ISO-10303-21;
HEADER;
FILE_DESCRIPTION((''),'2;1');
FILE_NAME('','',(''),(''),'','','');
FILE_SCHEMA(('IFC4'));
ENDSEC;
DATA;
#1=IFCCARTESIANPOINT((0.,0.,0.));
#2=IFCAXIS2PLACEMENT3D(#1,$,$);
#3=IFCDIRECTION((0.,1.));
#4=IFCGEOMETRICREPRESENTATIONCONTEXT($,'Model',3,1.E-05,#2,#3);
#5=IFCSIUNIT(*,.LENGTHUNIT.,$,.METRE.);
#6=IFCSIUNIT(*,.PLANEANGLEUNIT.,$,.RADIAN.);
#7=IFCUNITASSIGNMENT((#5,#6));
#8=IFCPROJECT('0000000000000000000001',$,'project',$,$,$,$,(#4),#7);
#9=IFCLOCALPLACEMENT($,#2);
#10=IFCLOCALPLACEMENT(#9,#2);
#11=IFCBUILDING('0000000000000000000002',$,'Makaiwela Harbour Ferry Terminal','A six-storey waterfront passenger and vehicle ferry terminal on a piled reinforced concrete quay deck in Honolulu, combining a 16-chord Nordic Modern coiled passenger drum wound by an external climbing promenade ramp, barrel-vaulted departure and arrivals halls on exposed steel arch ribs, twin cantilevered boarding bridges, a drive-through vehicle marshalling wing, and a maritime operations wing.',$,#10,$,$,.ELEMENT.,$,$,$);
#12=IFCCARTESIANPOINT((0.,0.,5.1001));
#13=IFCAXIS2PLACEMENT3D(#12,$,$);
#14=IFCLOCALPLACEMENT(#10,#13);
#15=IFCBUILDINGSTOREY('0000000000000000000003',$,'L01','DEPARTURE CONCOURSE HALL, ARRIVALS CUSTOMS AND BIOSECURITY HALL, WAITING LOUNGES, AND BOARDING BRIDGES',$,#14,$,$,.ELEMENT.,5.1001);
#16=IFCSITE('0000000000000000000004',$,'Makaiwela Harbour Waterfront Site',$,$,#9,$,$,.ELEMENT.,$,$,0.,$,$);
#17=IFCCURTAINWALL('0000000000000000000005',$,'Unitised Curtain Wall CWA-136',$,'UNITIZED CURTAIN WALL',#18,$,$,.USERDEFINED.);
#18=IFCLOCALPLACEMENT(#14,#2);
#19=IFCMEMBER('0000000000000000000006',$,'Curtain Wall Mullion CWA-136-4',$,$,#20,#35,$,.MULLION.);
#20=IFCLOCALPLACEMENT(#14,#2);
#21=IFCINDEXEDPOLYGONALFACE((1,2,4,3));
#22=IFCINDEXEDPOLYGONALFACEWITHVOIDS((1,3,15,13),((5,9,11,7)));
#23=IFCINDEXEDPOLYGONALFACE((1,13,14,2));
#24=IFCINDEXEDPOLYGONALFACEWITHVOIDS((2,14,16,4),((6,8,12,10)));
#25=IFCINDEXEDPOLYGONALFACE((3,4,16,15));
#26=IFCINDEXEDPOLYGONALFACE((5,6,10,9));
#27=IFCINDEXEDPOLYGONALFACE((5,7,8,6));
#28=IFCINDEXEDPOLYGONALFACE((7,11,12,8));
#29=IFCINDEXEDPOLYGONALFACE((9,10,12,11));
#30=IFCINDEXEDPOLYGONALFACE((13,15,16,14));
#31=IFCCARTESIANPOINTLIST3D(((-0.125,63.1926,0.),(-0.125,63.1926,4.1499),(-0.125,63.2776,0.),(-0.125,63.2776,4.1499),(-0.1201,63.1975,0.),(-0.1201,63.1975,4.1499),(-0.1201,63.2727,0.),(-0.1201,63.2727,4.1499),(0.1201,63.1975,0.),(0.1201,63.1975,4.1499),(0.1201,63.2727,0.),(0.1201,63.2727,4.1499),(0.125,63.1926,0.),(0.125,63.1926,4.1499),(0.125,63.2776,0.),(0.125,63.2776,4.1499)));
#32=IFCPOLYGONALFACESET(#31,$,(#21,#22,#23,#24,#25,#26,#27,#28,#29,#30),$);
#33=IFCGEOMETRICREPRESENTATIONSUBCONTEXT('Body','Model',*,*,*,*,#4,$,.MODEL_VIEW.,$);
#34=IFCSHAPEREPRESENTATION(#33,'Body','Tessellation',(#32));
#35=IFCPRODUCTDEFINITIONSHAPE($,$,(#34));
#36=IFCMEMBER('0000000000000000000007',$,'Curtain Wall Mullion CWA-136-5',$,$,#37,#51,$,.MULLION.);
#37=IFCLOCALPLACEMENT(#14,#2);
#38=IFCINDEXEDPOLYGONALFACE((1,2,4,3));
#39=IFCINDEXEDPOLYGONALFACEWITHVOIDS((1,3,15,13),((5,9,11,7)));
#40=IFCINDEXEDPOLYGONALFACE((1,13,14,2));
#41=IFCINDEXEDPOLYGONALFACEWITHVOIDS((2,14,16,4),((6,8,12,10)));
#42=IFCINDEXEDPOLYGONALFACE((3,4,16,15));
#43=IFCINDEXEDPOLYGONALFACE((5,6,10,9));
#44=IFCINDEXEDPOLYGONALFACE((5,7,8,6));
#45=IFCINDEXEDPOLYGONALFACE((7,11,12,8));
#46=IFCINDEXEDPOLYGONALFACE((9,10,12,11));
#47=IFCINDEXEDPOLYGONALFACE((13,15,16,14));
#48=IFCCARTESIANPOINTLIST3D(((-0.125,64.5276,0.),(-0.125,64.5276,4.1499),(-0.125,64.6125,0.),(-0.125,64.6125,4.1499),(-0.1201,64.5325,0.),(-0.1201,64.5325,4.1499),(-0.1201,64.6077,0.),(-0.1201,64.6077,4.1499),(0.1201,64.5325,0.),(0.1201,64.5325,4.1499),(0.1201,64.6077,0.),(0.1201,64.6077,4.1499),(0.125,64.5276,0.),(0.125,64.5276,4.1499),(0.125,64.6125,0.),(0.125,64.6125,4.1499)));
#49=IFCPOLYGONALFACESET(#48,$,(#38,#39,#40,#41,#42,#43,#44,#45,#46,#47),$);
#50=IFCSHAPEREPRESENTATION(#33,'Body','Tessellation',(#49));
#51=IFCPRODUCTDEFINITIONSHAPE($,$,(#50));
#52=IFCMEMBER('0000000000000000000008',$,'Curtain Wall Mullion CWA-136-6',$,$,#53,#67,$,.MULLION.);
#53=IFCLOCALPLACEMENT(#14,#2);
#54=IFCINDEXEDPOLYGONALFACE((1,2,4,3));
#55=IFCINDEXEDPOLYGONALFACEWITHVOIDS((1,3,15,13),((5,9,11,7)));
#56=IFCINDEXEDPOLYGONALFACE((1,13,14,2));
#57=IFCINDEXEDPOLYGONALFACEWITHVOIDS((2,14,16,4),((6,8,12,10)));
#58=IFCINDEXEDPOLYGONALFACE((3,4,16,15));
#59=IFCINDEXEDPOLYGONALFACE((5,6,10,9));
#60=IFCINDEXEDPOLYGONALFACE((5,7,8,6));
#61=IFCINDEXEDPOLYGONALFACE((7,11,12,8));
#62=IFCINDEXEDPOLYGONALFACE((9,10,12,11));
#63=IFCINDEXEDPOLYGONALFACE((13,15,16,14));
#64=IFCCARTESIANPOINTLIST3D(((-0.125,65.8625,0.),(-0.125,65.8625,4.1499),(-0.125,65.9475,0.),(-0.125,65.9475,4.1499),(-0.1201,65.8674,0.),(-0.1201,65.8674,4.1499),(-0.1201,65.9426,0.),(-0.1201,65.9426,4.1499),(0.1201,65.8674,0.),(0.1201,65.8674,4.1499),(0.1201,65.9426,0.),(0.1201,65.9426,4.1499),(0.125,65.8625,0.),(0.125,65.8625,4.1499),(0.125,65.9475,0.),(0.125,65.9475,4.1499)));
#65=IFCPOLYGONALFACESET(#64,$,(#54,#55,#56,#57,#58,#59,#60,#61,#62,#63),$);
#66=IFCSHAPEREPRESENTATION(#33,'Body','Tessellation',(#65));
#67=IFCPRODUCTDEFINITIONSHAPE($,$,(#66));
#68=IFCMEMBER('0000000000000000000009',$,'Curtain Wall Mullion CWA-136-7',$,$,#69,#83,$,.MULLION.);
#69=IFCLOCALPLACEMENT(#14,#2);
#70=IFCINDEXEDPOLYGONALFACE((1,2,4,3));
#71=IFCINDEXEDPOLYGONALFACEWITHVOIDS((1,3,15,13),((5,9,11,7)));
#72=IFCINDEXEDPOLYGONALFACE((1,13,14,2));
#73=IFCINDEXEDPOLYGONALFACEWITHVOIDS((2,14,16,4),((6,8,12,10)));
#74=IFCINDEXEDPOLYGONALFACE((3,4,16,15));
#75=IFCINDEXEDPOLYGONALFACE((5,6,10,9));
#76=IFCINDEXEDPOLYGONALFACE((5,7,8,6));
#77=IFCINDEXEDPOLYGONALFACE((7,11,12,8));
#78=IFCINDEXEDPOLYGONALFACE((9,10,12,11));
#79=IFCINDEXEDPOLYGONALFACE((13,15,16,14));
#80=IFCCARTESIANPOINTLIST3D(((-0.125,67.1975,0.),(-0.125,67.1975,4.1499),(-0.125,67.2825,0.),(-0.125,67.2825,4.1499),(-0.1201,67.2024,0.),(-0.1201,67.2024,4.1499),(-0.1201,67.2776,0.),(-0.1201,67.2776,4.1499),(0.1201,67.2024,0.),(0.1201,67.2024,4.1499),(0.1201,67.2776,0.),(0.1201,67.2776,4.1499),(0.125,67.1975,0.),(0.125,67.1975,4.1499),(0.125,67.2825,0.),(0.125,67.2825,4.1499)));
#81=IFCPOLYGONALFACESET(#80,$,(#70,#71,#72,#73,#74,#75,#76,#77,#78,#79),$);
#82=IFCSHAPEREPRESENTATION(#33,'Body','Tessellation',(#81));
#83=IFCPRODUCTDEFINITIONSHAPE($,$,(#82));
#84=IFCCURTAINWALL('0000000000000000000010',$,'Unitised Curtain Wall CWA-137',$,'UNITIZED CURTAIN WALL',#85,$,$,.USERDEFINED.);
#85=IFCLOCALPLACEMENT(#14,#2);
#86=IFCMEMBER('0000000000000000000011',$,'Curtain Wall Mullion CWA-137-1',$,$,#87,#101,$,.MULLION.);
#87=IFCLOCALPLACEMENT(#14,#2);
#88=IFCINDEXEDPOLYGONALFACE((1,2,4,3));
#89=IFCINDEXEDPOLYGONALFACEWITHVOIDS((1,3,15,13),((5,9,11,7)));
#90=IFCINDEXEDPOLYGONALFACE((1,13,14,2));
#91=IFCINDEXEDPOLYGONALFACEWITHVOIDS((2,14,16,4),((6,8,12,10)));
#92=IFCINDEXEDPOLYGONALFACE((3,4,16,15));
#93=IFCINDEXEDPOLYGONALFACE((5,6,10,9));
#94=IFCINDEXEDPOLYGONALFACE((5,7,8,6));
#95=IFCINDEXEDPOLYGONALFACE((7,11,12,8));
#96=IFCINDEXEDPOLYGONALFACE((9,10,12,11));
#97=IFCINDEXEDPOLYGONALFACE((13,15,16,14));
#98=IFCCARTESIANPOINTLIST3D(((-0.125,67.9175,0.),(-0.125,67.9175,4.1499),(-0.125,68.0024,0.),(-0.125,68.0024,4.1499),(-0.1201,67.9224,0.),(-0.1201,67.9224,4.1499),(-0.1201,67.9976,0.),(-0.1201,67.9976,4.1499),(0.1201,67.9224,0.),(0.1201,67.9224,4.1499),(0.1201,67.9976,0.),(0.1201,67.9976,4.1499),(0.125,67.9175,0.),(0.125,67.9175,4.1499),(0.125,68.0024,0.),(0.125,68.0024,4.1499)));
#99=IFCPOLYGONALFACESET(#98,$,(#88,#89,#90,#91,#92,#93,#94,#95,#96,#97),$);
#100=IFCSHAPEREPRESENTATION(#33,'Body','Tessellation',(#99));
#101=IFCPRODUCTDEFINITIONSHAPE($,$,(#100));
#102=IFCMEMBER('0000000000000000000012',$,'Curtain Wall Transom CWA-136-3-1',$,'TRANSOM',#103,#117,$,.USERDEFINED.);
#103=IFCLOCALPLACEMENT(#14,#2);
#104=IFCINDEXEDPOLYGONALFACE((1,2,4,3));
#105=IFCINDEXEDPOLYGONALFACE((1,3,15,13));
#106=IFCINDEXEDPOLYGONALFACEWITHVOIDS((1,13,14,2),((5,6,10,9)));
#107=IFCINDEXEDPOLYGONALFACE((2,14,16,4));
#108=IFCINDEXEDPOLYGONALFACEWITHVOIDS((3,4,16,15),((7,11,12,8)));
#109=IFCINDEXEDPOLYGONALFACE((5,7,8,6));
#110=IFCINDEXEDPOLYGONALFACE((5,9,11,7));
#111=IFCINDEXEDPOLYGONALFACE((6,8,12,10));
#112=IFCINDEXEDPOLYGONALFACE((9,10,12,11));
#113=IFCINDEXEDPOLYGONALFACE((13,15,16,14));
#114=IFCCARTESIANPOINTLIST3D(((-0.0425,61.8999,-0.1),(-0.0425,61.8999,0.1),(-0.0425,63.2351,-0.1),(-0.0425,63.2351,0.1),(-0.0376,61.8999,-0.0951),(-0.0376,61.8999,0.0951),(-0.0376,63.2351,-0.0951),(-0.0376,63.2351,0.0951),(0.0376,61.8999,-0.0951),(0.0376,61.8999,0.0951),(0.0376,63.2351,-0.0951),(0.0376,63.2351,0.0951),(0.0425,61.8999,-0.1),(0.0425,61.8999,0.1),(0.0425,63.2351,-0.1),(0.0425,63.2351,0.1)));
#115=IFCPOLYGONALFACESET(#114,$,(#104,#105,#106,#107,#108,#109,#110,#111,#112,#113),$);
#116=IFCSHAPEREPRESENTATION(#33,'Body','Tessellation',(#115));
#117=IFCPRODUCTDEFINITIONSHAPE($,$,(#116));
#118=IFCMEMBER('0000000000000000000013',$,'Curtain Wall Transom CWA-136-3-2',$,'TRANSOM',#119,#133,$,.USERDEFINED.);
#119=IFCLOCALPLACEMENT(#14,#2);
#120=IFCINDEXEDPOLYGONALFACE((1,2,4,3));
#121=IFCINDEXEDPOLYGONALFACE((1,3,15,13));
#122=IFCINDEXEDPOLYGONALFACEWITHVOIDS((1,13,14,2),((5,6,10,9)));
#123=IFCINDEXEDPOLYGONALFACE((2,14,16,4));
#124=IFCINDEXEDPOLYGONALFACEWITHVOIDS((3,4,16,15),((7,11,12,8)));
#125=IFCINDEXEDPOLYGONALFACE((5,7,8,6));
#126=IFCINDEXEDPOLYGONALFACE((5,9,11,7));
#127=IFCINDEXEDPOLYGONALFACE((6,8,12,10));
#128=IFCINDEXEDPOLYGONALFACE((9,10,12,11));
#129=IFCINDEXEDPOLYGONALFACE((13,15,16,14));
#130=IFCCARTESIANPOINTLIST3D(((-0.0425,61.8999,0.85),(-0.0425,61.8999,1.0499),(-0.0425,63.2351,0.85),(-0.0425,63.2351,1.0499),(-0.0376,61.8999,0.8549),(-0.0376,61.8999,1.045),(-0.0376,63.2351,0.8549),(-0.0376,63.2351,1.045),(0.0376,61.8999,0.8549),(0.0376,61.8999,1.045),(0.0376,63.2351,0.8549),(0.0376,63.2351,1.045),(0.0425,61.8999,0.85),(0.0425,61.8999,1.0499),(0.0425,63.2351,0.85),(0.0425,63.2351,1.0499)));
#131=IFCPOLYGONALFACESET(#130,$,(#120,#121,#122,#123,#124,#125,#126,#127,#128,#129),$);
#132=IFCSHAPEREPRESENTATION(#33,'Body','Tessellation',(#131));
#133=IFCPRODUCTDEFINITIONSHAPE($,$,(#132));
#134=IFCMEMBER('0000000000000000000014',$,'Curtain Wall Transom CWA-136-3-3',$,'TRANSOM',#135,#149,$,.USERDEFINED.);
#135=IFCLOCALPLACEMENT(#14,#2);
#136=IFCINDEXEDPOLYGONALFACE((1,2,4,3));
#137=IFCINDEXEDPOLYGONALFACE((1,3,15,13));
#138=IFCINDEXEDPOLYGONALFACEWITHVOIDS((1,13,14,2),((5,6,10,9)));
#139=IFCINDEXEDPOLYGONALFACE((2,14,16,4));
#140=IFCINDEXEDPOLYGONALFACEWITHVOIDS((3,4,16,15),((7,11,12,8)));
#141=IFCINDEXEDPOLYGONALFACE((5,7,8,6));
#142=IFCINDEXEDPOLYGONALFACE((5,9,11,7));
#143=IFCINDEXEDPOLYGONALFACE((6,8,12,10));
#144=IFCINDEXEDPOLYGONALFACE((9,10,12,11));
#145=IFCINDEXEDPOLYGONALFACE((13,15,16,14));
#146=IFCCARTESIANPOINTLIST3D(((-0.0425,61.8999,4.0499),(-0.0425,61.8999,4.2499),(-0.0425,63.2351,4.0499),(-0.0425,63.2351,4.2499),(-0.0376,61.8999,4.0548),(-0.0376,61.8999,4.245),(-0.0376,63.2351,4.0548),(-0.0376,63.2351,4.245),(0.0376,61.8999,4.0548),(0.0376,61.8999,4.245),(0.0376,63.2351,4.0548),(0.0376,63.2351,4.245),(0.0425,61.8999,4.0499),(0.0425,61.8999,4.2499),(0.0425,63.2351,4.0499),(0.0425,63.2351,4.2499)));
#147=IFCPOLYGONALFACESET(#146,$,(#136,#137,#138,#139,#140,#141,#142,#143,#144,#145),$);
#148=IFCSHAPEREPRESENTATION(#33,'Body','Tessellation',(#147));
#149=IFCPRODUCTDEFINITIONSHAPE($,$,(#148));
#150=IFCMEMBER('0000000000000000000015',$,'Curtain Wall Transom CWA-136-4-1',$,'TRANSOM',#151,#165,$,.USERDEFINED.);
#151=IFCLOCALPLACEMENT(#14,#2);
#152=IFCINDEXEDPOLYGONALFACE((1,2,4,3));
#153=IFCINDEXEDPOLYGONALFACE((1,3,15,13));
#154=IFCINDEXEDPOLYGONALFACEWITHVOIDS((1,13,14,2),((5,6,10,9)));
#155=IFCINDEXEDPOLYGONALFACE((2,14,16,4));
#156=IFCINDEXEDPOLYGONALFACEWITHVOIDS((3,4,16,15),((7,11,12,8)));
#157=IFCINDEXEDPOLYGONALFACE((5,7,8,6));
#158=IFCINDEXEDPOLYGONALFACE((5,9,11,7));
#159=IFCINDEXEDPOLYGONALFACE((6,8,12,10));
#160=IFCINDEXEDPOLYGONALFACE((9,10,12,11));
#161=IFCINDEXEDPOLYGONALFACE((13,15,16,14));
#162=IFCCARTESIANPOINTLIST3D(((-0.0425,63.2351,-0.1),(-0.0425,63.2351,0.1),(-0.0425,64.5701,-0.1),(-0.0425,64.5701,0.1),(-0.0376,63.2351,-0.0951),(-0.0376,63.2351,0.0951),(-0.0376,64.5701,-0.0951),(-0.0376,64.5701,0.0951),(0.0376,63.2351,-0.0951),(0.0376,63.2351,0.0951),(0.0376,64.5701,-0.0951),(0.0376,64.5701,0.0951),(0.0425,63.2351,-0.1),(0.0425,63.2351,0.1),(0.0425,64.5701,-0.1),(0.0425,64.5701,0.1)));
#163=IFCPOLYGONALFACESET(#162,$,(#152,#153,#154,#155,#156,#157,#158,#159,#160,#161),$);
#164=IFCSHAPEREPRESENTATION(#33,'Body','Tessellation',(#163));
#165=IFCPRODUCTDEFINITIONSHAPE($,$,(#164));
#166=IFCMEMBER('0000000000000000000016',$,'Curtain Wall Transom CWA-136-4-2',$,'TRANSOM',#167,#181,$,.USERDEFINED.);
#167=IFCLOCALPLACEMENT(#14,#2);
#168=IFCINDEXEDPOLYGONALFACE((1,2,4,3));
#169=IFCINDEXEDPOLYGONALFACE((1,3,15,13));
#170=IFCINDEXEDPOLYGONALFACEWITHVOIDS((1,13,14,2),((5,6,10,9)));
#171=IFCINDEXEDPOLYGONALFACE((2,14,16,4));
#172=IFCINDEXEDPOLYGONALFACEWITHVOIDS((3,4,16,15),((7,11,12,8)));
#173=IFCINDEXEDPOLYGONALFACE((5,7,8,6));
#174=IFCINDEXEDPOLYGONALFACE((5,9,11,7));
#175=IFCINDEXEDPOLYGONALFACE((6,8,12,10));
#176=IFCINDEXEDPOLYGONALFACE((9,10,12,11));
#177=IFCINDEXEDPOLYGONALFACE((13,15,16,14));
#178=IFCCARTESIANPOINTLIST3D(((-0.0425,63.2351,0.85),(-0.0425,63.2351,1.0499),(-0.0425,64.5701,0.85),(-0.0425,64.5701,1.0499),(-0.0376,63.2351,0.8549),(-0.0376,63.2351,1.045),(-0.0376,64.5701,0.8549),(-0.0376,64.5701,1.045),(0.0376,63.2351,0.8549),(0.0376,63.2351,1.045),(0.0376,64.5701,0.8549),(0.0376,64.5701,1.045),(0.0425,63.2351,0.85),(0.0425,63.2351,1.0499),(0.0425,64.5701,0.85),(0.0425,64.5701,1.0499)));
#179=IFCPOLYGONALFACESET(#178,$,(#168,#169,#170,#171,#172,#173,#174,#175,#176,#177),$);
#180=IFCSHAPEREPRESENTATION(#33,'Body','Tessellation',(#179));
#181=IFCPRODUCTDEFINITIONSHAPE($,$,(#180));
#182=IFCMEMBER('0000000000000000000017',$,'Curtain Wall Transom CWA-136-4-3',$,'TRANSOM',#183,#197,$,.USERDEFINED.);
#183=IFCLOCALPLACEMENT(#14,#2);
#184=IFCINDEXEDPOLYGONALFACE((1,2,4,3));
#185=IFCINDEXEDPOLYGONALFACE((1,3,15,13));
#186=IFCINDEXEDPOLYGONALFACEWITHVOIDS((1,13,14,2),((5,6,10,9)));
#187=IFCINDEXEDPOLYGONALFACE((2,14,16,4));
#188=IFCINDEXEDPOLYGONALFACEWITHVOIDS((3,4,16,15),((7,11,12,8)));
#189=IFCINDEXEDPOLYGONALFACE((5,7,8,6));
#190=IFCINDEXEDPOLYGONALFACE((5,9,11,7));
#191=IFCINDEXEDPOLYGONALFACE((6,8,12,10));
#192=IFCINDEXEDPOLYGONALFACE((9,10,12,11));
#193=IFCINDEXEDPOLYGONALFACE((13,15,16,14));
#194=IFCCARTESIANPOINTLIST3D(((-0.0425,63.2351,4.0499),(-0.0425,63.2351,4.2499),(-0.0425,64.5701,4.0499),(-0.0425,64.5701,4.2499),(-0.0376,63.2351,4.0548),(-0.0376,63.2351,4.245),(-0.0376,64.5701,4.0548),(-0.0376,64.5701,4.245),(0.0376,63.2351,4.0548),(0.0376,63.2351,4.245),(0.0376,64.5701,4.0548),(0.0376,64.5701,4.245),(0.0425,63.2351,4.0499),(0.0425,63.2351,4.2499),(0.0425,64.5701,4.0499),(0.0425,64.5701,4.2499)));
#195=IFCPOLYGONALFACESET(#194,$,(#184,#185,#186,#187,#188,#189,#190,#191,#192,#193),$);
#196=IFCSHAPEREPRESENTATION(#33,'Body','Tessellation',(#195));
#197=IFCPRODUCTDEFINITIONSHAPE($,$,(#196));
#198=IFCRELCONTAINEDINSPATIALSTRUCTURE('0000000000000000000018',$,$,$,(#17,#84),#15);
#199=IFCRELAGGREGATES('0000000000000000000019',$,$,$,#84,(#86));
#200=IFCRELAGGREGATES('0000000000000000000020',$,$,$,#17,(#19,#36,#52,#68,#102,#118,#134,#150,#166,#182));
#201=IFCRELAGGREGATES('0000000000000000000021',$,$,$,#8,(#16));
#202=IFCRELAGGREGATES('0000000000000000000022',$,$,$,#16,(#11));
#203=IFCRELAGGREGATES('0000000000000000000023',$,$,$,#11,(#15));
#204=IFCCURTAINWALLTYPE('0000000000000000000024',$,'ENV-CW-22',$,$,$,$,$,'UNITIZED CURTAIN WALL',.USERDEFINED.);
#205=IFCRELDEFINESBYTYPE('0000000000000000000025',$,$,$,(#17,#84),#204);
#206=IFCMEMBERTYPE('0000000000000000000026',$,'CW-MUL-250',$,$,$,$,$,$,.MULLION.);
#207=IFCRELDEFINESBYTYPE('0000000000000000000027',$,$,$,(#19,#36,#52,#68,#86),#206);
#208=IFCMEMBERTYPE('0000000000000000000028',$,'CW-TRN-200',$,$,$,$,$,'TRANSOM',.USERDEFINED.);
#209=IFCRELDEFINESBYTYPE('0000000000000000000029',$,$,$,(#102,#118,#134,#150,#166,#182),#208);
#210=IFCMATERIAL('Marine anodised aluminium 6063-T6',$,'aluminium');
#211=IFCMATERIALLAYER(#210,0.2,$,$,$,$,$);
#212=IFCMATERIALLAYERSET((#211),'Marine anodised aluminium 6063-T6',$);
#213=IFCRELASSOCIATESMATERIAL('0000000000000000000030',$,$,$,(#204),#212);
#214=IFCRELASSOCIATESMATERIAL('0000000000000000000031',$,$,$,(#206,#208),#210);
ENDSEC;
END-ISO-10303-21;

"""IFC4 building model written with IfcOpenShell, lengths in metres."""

from ifc_helpers import new_model, si_unit, direction, frame, origin, origin_2d, place, context, subcontext, project, spatial, hollow_rectangle, extrude, material, layer, layer_set, material_profile, profile_set, type_object, element, aggregate, save


model = new_model("IFC4")

# Units and contexts
model_context = context("Model", 3, precision=1e-05, world=origin(), true_north=direction((0.0, 1.0)))
body_context = subcontext(model_context, "Body", "Model", "MODEL_VIEW")
ifc_project = project(units=[si_unit("LENGTHUNIT", "METRE"), si_unit("PLANEANGLEUNIT", "RADIAN")], contexts=[model_context])

# Site, building, storey
site_placement = place(None, origin())
site = spatial("IfcSite", under=ifc_project, at=site_placement, Name="Makaiwela Harbour Waterfront Site", CompositionType="ELEMENT", RefElevation=0.0)
building_placement = place(site_placement, origin())
building = spatial("IfcBuilding", under=site, at=building_placement, Name="Makaiwela Harbour Ferry Terminal", Description="A six-storey waterfront passenger and vehicle ferry terminal on a piled reinforced concrete quay deck in Honolulu, combining a 16-chord Nordic Modern coiled passenger drum wound by an external climbing promenade ramp, barrel-vaulted departure and arrivals halls on exposed steel arch ribs, twin cantilevered boarding bridges, a drive-through vehicle marshalling wing, and a maritime operations wing.", CompositionType="ELEMENT")
storey_placement = place(building_placement, frame((0.0, 0.0, 5.1001)))
storey = spatial("IfcBuildingStorey", under=building, at=storey_placement, Name="L01", Description="DEPARTURE CONCOURSE HALL, ARRIVALS CUSTOMS AND BIOSECURITY HALL, WAITING LOUNGES, AND BOARDING BRIDGES", CompositionType="ELEMENT", Elevation=5.1001)

# Curtain wall, members
ifc_material_1 = material(Name="Marine anodised aluminium 6063-T6", Category="aluminium")
ifc_layer_1 = layer(ifc_material_1, 0.2)
ifc_layer_set_1 = layer_set([ifc_layer_1], Name="Marine anodised aluminium 6063-T6")
curtain_wall_type = type_object("IfcCurtainWallType", Name="ENV-CW-22", ElementType="UNITIZED CURTAIN WALL", PredefinedType="USERDEFINED", material=ifc_layer_set_1)
curtain_wall_1_placement = place(storey_placement, origin())
curtain_wall_1 = element("IfcCurtainWall", 1, at=curtain_wall_1_placement, inside=storey, type_object=curtain_wall_type, Name="Unitised Curtain Wall CWA-136", ObjectType="UNITIZED CURTAIN WALL", PredefinedType="USERDEFINED")
ifc_material_profile_1 = material_profile(ifc_material_1, hollow_rectangle(XDim=0.085, YDim=0.25, WallThickness=0.0049, at=origin_2d()), Name="CWM-250X85")
ifc_profile_set_1 = profile_set([ifc_material_profile_1], Name="Marine anodised aluminium 6063-T6")
member_type_1 = type_object("IfcMemberType", Name="CW-MUL-250", PredefinedType="MULLION", material=ifc_profile_set_1)
member_1_placement = place(storey_placement, frame((0.0, 63.2351, 0.0), z_axis=(0.0, 0.0, 1.0), x_axis=(0.0, 1.0, 0.0)))
member_1 = element("IfcMember", 2, at=member_1_placement, type_object=member_type_1, Name="Curtain Wall Mullion CWA-136-4", PredefinedType="MULLION", context=body_context, shape_type="SweptSolid", body=[
    extrude(hollow_rectangle(XDim=0.085, YDim=0.25, WallThickness=0.0049, at=origin_2d()), origin(), (0.0, 0.0, 1.0), 4.1499),
])
member_2_placement = place(storey_placement, frame((0.0, 64.5701, 0.0), z_axis=(0.0, 0.0, 1.0), x_axis=(0.0, 1.0, 0.0)))
member_2 = element("IfcMember", 3, at=member_2_placement, type_object=member_type_1, Name="Curtain Wall Mullion CWA-136-5", PredefinedType="MULLION", context=body_context, shape_type="SweptSolid", body=[
    extrude(hollow_rectangle(XDim=0.085, YDim=0.25, WallThickness=0.0049, at=origin_2d()), origin(), (0.0, 0.0, 1.0), 4.1499),
])
member_3_placement = place(storey_placement, frame((0.0, 65.905, 0.0), z_axis=(0.0, 0.0, 1.0), x_axis=(0.0, 1.0, 0.0)))
member_3 = element("IfcMember", 4, at=member_3_placement, type_object=member_type_1, Name="Curtain Wall Mullion CWA-136-6", PredefinedType="MULLION", context=body_context, shape_type="SweptSolid", body=[
    extrude(hollow_rectangle(XDim=0.085, YDim=0.25, WallThickness=0.0049, at=origin_2d()), origin(), (0.0, 0.0, 1.0), 4.1499),
])
member_4_placement = place(storey_placement, frame((0.0, 67.24, 0.0), z_axis=(0.0, 0.0, 1.0), x_axis=(0.0, 1.0, 0.0)))
member_4 = element("IfcMember", 5, at=member_4_placement, type_object=member_type_1, Name="Curtain Wall Mullion CWA-136-7", PredefinedType="MULLION", context=body_context, shape_type="SweptSolid", body=[
    extrude(hollow_rectangle(XDim=0.085, YDim=0.25, WallThickness=0.0049, at=origin_2d()), origin(), (0.0, 0.0, 1.0), 4.1499),
])

# Curtain wall, member
curtain_wall_2_placement = place(storey_placement, origin())
curtain_wall_2 = element("IfcCurtainWall", 6, at=curtain_wall_2_placement, inside=storey, type_object=curtain_wall_type, Name="Unitised Curtain Wall CWA-137", ObjectType="UNITIZED CURTAIN WALL", PredefinedType="USERDEFINED")
member_5_placement = place(storey_placement, frame((0.0, 67.96, 0.0), z_axis=(0.0, 0.0, 1.0), x_axis=(0.0, 1.0, 0.0)))
member_5 = element("IfcMember", 7, at=member_5_placement, type_object=member_type_1, Name="Curtain Wall Mullion CWA-137-1", PredefinedType="MULLION", context=body_context, shape_type="SweptSolid", body=[
    extrude(hollow_rectangle(XDim=0.085, YDim=0.25, WallThickness=0.0049, at=origin_2d()), origin(), (0.0, 0.0, 1.0), 4.1499),
])
aggregate(curtain_wall_2, [member_5])

# Members
ifc_material_profile_2 = material_profile(ifc_material_1, hollow_rectangle(XDim=0.085, YDim=0.2, WallThickness=0.0049, at=origin_2d()), Name="CWT-200X85")
ifc_profile_set_2 = profile_set([ifc_material_profile_2], Name="Marine anodised aluminium 6063-T6")
member_type_2 = type_object("IfcMemberType", Name="CW-TRN-200", ElementType="TRANSOM", PredefinedType="USERDEFINED", material=ifc_profile_set_2)
member_6_placement = place(storey_placement, frame((0.0, 61.8999, 0.0), z_axis=(0.0, 1.0, 0.0), x_axis=(-1.0, 0.0, 0.0)))
member_6 = element("IfcMember", 8, at=member_6_placement, type_object=member_type_2, Name="Curtain Wall Transom CWA-136-3-1", ObjectType="TRANSOM", PredefinedType="USERDEFINED", context=body_context, shape_type="SweptSolid", body=[
    extrude(hollow_rectangle(XDim=0.085, YDim=0.2, WallThickness=0.0049, at=origin_2d()), origin(), (0.0, 0.0, 1.0), 1.3352),
])
member_7_placement = place(storey_placement, frame((0.0, 61.8999, 0.95), z_axis=(0.0, 1.0, 0.0), x_axis=(-1.0, 0.0, 0.0)))
member_7 = element("IfcMember", 9, at=member_7_placement, type_object=member_type_2, Name="Curtain Wall Transom CWA-136-3-2", ObjectType="TRANSOM", PredefinedType="USERDEFINED", context=body_context, shape_type="SweptSolid", body=[
    extrude(hollow_rectangle(XDim=0.085, YDim=0.2, WallThickness=0.0049, at=origin_2d()), origin(), (0.0, 0.0, 1.0), 1.3352),
])
member_8_placement = place(storey_placement, frame((0.0, 61.8999, 4.1499), z_axis=(0.0, 1.0, 0.0), x_axis=(-1.0, 0.0, 0.0)))
member_8 = element("IfcMember", 10, at=member_8_placement, type_object=member_type_2, Name="Curtain Wall Transom CWA-136-3-3", ObjectType="TRANSOM", PredefinedType="USERDEFINED", context=body_context, shape_type="SweptSolid", body=[
    extrude(hollow_rectangle(XDim=0.085, YDim=0.2, WallThickness=0.0049, at=origin_2d()), origin(), (0.0, 0.0, 1.0), 1.3352),
])
member_9_placement = place(storey_placement, frame((0.0, 63.2351, 0.0), z_axis=(0.0, 1.0, 0.0), x_axis=(-1.0, 0.0, 0.0)))
member_9 = element("IfcMember", 11, at=member_9_placement, type_object=member_type_2, Name="Curtain Wall Transom CWA-136-4-1", ObjectType="TRANSOM", PredefinedType="USERDEFINED", context=body_context, shape_type="SweptSolid", body=[
    extrude(hollow_rectangle(XDim=0.085, YDim=0.2, WallThickness=0.0049, at=origin_2d()), origin(), (0.0, 0.0, 1.0), 1.335),
])
member_10_placement = place(storey_placement, frame((0.0, 63.2351, 0.95), z_axis=(0.0, 1.0, 0.0), x_axis=(-1.0, 0.0, 0.0)))
member_10 = element("IfcMember", 12, at=member_10_placement, type_object=member_type_2, Name="Curtain Wall Transom CWA-136-4-2", ObjectType="TRANSOM", PredefinedType="USERDEFINED", context=body_context, shape_type="SweptSolid", body=[
    extrude(hollow_rectangle(XDim=0.085, YDim=0.2, WallThickness=0.0049, at=origin_2d()), origin(), (0.0, 0.0, 1.0), 1.335),
])
member_11_placement = place(storey_placement, frame((0.0, 63.2351, 4.1499), z_axis=(0.0, 1.0, 0.0), x_axis=(-1.0, 0.0, 0.0)))
member_11 = element("IfcMember", 13, at=member_11_placement, type_object=member_type_2, Name="Curtain Wall Transom CWA-136-4-3", ObjectType="TRANSOM", PredefinedType="USERDEFINED", context=body_context, shape_type="SweptSolid", body=[
    extrude(hollow_rectangle(XDim=0.085, YDim=0.2, WallThickness=0.0049, at=origin_2d()), origin(), (0.0, 0.0, 1.0), 1.335),
])

aggregate(curtain_wall_1, [member_1, member_2, member_3, member_4, member_6, member_7, member_8, member_9, member_10, member_11])

save(model, "model.ifc")
